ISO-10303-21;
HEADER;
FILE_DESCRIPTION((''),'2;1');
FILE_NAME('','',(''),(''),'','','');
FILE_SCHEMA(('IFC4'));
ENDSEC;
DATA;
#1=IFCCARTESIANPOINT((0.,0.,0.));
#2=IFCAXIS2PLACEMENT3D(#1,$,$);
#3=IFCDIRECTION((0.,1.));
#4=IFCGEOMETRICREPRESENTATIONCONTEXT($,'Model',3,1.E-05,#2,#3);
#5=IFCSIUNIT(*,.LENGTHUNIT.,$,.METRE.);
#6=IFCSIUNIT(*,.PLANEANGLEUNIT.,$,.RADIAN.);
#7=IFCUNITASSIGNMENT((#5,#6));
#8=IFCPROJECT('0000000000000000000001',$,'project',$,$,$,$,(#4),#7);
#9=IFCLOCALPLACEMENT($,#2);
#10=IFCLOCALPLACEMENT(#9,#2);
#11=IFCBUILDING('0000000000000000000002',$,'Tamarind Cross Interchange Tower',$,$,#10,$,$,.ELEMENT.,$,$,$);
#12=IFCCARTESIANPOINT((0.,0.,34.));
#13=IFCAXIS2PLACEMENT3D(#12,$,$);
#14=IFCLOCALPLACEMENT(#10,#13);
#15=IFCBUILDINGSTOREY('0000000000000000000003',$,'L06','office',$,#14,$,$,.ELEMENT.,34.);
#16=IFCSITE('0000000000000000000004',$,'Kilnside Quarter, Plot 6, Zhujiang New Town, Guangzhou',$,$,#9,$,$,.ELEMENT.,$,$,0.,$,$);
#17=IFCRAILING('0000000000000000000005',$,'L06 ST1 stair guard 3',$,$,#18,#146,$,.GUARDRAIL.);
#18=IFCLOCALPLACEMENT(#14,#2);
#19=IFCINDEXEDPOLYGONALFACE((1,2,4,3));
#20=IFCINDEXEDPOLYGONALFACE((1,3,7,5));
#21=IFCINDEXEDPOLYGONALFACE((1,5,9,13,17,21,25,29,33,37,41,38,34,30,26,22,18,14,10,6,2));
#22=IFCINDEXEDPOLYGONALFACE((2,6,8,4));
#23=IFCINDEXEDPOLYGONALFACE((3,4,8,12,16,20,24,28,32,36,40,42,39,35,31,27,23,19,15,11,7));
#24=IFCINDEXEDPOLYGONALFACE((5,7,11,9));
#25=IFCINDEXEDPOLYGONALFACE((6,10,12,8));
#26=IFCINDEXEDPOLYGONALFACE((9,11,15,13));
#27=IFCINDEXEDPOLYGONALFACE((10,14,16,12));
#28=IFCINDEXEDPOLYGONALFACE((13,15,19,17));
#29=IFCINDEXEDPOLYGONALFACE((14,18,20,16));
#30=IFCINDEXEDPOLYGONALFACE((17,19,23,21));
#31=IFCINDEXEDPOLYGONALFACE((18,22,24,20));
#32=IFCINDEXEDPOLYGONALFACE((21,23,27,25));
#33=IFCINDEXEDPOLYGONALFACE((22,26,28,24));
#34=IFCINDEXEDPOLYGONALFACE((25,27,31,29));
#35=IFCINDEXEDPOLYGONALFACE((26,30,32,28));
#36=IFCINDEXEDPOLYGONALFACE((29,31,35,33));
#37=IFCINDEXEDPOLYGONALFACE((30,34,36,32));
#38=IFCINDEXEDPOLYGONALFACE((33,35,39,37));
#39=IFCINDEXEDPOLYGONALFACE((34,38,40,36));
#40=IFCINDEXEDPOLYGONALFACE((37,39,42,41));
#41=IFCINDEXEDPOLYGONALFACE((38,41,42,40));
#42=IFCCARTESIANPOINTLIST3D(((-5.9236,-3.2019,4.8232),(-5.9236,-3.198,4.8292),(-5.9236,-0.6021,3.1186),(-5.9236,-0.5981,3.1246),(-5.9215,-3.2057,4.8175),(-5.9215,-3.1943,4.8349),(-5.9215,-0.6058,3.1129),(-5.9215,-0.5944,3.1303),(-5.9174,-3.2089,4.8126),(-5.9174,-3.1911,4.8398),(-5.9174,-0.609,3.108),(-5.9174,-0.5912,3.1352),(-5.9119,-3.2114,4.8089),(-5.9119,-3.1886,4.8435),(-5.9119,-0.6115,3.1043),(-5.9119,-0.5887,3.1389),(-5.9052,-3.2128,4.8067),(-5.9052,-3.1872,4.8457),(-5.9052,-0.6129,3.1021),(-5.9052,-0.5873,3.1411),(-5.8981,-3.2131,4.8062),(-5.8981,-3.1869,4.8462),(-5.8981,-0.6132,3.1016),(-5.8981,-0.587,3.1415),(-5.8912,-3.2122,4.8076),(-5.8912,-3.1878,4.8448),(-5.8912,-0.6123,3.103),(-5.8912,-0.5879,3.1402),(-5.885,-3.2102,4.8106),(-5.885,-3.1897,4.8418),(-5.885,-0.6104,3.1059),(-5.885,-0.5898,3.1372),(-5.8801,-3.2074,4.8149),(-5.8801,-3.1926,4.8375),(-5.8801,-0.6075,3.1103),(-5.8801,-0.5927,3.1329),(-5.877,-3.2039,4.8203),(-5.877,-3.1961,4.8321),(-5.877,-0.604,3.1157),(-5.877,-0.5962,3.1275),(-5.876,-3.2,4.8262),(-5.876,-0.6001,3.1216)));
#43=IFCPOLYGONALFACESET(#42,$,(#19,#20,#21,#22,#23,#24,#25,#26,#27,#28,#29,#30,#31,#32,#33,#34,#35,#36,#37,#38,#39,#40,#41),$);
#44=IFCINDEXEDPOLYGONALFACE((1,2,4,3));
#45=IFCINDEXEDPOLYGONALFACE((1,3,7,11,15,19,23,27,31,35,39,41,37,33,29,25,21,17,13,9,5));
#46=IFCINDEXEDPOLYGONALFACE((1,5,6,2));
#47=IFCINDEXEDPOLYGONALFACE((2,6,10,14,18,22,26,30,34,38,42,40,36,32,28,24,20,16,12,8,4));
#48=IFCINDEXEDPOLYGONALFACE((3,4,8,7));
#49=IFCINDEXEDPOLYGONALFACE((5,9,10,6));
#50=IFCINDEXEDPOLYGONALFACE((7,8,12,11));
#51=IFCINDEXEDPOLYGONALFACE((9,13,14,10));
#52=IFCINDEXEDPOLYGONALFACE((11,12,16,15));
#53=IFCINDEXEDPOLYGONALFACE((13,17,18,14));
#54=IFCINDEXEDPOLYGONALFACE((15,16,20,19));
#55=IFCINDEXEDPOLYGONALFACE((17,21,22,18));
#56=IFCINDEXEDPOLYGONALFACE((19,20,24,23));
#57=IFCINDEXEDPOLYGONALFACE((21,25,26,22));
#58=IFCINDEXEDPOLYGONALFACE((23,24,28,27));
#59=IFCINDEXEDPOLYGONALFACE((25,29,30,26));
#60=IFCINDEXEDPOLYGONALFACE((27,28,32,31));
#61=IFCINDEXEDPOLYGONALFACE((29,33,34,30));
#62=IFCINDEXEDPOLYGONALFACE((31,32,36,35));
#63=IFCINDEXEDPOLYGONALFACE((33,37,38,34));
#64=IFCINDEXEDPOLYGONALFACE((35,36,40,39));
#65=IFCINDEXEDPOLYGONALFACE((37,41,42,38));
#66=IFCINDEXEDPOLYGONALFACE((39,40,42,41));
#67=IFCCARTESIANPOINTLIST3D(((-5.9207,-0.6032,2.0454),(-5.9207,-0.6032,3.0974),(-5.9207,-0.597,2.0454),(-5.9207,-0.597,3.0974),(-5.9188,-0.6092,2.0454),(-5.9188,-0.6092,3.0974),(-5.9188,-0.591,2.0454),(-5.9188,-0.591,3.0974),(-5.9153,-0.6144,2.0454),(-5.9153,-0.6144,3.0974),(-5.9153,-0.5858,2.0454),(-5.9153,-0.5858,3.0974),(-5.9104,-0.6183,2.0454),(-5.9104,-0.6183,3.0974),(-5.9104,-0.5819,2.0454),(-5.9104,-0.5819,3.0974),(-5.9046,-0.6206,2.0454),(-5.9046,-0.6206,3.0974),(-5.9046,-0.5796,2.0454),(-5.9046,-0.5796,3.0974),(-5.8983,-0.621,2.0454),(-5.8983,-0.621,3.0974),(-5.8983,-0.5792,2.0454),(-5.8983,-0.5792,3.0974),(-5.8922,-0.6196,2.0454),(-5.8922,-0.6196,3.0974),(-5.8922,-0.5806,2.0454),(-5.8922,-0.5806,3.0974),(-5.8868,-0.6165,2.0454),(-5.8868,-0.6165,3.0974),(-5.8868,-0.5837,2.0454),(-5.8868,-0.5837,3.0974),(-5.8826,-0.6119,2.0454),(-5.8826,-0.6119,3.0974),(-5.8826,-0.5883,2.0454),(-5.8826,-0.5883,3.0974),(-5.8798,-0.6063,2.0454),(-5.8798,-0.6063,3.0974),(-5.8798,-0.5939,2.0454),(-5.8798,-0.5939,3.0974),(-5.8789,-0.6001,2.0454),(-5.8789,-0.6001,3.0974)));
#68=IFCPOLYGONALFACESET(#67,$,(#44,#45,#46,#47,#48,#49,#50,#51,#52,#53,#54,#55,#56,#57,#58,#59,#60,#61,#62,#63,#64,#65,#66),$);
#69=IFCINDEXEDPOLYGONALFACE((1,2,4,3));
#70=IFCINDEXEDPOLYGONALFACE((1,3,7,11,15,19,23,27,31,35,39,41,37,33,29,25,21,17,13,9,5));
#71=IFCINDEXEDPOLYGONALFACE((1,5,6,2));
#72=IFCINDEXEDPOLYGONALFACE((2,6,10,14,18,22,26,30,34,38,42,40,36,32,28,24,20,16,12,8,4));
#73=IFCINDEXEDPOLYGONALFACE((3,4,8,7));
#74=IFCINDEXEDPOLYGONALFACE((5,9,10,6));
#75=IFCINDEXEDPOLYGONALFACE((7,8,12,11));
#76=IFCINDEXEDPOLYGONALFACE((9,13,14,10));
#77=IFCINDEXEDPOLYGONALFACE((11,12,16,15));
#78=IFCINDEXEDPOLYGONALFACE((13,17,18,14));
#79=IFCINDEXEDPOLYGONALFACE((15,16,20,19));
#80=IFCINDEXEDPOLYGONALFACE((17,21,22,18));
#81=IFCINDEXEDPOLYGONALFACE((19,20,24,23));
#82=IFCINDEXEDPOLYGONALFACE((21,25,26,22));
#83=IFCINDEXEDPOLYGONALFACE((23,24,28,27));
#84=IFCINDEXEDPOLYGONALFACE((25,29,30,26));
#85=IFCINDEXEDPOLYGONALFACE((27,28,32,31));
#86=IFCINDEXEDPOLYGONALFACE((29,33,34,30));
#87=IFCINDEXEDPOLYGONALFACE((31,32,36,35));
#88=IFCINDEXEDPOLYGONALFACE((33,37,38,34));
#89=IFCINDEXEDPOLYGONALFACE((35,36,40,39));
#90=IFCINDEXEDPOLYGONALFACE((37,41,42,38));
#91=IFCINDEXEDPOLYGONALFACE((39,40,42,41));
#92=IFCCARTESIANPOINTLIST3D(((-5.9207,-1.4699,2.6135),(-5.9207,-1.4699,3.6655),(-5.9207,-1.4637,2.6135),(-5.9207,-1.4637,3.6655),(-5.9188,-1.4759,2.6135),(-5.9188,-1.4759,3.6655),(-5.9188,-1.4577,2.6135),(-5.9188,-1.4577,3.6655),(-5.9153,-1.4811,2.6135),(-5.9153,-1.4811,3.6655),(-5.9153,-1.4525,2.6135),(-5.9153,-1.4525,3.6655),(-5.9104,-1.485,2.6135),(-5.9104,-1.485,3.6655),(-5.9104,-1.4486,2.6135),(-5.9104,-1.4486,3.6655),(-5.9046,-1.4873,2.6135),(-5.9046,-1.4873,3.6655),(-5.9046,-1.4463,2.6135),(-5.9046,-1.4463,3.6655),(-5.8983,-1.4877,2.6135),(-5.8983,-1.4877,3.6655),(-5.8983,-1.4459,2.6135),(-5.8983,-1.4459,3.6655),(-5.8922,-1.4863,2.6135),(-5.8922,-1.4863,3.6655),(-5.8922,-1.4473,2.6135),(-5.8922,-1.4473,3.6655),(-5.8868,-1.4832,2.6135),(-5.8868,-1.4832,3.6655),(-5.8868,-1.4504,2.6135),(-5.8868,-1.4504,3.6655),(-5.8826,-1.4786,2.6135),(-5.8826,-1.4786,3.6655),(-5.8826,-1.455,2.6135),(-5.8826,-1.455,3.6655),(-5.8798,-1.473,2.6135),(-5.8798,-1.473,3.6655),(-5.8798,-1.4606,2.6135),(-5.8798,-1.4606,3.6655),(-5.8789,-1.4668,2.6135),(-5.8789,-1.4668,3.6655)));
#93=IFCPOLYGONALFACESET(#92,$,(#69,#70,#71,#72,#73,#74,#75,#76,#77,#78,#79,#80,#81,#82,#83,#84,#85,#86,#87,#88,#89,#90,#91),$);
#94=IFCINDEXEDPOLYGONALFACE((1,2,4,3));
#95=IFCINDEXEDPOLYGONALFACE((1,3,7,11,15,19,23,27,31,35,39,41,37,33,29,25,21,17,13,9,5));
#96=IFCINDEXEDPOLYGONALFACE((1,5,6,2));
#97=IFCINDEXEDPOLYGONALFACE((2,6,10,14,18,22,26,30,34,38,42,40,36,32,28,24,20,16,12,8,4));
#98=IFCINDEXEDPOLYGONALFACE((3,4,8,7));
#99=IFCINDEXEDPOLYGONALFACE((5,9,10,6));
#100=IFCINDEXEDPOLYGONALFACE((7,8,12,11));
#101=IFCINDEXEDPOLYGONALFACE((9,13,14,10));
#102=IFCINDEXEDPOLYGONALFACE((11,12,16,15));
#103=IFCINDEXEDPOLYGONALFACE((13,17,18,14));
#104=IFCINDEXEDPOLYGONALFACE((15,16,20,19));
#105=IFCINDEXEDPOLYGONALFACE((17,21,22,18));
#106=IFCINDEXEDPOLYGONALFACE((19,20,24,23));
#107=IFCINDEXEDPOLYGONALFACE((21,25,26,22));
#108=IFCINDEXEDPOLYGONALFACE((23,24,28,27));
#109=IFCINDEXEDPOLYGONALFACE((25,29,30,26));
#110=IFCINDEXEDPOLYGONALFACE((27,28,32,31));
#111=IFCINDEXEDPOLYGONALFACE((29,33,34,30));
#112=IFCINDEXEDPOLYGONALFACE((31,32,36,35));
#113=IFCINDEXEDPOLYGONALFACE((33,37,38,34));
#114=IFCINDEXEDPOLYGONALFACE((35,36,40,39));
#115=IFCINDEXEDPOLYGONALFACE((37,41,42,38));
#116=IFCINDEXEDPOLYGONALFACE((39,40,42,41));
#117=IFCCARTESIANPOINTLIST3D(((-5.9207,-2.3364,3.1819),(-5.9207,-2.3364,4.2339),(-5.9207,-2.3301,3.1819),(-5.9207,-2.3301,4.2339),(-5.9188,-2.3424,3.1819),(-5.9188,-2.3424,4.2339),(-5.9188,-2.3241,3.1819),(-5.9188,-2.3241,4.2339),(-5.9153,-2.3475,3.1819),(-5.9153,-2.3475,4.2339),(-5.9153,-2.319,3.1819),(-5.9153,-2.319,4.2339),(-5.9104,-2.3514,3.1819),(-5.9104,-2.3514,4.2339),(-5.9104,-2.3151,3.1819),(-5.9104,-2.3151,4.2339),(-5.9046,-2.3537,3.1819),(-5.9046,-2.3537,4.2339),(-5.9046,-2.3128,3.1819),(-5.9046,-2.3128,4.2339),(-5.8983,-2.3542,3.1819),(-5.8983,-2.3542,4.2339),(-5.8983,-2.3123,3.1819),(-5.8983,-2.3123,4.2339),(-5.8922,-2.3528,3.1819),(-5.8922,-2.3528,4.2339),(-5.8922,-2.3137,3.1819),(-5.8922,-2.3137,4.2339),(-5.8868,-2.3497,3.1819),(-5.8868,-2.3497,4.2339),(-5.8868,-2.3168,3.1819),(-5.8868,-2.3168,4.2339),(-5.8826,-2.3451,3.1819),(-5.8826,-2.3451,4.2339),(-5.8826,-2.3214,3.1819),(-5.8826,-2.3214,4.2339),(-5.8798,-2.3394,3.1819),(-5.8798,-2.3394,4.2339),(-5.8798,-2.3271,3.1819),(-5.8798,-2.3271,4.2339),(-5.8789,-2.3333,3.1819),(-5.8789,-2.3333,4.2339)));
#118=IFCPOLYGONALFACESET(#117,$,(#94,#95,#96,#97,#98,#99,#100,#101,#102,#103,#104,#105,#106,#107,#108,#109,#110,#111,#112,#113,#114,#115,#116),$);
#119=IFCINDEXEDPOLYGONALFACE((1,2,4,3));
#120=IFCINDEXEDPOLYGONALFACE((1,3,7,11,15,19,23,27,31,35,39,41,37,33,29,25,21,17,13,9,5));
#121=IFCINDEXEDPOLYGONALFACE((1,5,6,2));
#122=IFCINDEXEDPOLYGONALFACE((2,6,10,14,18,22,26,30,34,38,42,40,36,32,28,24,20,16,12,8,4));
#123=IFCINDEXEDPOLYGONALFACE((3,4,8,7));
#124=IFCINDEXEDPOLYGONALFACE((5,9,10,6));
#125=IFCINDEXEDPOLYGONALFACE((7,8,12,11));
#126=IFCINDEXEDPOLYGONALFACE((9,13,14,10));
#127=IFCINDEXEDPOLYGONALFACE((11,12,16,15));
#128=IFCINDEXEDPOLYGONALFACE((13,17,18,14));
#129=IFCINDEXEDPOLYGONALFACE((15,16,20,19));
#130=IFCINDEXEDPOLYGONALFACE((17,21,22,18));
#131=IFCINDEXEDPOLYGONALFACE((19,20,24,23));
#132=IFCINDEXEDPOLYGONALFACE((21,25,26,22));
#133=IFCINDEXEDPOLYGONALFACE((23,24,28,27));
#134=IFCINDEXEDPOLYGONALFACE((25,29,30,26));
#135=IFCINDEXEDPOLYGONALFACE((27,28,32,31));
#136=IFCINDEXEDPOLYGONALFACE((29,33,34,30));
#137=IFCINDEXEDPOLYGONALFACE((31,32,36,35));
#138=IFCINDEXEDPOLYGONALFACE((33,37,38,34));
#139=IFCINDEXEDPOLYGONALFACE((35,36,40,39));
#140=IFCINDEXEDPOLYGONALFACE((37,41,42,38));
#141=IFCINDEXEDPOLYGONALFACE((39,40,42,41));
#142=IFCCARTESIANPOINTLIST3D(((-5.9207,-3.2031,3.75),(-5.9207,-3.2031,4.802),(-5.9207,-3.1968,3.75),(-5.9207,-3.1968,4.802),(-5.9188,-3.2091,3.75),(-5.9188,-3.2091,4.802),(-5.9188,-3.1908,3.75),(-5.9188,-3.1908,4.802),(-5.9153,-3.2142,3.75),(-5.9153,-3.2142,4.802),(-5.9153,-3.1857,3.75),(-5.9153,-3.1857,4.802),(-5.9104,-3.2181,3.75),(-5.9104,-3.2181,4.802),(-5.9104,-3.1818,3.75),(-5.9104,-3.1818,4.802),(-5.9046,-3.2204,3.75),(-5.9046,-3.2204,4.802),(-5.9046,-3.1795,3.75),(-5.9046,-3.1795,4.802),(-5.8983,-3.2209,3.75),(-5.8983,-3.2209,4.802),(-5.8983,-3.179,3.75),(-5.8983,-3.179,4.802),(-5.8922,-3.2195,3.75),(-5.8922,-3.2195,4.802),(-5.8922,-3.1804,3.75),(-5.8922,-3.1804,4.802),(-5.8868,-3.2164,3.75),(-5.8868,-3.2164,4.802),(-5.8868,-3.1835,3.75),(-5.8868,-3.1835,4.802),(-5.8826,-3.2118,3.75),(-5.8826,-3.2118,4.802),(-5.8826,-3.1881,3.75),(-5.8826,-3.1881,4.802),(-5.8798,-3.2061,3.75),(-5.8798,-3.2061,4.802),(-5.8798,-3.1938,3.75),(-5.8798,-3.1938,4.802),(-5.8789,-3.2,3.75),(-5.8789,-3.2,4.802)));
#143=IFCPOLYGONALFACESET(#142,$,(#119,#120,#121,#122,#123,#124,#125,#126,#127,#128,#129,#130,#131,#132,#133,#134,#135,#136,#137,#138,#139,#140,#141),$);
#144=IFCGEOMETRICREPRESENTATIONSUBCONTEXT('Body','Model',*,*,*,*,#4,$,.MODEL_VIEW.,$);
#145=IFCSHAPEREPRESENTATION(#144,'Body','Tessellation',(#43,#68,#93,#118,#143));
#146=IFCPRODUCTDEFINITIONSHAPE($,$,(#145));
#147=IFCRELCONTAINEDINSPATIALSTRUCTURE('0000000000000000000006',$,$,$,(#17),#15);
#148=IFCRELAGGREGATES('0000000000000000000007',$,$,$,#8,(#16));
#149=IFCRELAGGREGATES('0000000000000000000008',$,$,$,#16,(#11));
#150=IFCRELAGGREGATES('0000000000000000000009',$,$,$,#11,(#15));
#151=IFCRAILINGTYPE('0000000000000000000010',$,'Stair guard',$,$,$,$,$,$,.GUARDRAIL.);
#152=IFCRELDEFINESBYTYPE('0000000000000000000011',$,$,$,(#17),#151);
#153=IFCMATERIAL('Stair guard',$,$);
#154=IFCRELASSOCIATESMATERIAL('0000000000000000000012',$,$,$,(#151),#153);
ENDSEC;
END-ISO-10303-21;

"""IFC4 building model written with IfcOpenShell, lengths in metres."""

from ifc_helpers import new_model, si_unit, direction, frame, origin, origin_2d, place, context, subcontext, project, spatial, circle, extrude, material, type_object, element, save


model = new_model("IFC4")

# Units and contexts
model_context = context("Model", 3, precision=1e-05, world=origin(), true_north=direction((0.0, 1.0)))
body_context = subcontext(model_context, "Body", "Model", "MODEL_VIEW")
ifc_project = project(units=[si_unit("LENGTHUNIT", "METRE"), si_unit("PLANEANGLEUNIT", "RADIAN")], contexts=[model_context])

# Site, building, storey
site_placement = place(None, origin())
site = spatial("IfcSite", under=ifc_project, at=site_placement, Name="Kilnside Quarter, Plot 6, Zhujiang New Town, Guangzhou", CompositionType="ELEMENT", RefElevation=0.0)
building_placement = place(site_placement, origin())
building = spatial("IfcBuilding", under=site, at=building_placement, Name="Tamarind Cross Interchange Tower", CompositionType="ELEMENT")
storey_placement = place(building_placement, frame((0.0, 0.0, 34.0)))
storey = spatial("IfcBuildingStorey", under=building, at=storey_placement, Name="L06", Description="office", CompositionType="ELEMENT", Elevation=34.0)

# Railing
ifc_material_1 = material(Name="Stair guard")
railing_type_1 = type_object("IfcRailingType", Name="Stair guard", PredefinedType="GUARDRAIL", material=ifc_material_1)
railing_1_placement = place(storey_placement, frame((-5.8999, -0.6001, 2.0454)))
element("IfcRailing", 1, at=railing_1_placement, inside=storey, type_object=railing_type_1, Name="L06 ST1 stair guard 3", PredefinedType="GUARDRAIL", context=body_context, shape_type="SweptSolid", body=[
    extrude(circle(Radius=0.0239, at=origin_2d()), frame((0.0, 0.0, 1.0762), z_axis=(0.0, -0.836279, 0.548305), x_axis=(1.0, 0.0, 0.0)), (0.0, 0.0, 1.0), 3.1089),
    extrude(circle(Radius=0.021, at=origin_2d()), origin(), (0.0, 0.0, 1.0), 1.052),
    extrude(circle(Radius=0.021, at=origin_2d()), frame((0.0, -0.8667, 0.5681)), (0.0, 0.0, 1.0), 1.052),
    extrude(circle(Radius=0.021, at=origin_2d()), frame((0.0, -1.7332, 1.1365)), (0.0, 0.0, 1.0), 1.052),
    extrude(circle(Radius=0.021, at=origin_2d()), frame((0.0, -2.5999, 1.7046)), (0.0, 0.0, 1.0), 1.052),
])

save(model, "model.ifc")
